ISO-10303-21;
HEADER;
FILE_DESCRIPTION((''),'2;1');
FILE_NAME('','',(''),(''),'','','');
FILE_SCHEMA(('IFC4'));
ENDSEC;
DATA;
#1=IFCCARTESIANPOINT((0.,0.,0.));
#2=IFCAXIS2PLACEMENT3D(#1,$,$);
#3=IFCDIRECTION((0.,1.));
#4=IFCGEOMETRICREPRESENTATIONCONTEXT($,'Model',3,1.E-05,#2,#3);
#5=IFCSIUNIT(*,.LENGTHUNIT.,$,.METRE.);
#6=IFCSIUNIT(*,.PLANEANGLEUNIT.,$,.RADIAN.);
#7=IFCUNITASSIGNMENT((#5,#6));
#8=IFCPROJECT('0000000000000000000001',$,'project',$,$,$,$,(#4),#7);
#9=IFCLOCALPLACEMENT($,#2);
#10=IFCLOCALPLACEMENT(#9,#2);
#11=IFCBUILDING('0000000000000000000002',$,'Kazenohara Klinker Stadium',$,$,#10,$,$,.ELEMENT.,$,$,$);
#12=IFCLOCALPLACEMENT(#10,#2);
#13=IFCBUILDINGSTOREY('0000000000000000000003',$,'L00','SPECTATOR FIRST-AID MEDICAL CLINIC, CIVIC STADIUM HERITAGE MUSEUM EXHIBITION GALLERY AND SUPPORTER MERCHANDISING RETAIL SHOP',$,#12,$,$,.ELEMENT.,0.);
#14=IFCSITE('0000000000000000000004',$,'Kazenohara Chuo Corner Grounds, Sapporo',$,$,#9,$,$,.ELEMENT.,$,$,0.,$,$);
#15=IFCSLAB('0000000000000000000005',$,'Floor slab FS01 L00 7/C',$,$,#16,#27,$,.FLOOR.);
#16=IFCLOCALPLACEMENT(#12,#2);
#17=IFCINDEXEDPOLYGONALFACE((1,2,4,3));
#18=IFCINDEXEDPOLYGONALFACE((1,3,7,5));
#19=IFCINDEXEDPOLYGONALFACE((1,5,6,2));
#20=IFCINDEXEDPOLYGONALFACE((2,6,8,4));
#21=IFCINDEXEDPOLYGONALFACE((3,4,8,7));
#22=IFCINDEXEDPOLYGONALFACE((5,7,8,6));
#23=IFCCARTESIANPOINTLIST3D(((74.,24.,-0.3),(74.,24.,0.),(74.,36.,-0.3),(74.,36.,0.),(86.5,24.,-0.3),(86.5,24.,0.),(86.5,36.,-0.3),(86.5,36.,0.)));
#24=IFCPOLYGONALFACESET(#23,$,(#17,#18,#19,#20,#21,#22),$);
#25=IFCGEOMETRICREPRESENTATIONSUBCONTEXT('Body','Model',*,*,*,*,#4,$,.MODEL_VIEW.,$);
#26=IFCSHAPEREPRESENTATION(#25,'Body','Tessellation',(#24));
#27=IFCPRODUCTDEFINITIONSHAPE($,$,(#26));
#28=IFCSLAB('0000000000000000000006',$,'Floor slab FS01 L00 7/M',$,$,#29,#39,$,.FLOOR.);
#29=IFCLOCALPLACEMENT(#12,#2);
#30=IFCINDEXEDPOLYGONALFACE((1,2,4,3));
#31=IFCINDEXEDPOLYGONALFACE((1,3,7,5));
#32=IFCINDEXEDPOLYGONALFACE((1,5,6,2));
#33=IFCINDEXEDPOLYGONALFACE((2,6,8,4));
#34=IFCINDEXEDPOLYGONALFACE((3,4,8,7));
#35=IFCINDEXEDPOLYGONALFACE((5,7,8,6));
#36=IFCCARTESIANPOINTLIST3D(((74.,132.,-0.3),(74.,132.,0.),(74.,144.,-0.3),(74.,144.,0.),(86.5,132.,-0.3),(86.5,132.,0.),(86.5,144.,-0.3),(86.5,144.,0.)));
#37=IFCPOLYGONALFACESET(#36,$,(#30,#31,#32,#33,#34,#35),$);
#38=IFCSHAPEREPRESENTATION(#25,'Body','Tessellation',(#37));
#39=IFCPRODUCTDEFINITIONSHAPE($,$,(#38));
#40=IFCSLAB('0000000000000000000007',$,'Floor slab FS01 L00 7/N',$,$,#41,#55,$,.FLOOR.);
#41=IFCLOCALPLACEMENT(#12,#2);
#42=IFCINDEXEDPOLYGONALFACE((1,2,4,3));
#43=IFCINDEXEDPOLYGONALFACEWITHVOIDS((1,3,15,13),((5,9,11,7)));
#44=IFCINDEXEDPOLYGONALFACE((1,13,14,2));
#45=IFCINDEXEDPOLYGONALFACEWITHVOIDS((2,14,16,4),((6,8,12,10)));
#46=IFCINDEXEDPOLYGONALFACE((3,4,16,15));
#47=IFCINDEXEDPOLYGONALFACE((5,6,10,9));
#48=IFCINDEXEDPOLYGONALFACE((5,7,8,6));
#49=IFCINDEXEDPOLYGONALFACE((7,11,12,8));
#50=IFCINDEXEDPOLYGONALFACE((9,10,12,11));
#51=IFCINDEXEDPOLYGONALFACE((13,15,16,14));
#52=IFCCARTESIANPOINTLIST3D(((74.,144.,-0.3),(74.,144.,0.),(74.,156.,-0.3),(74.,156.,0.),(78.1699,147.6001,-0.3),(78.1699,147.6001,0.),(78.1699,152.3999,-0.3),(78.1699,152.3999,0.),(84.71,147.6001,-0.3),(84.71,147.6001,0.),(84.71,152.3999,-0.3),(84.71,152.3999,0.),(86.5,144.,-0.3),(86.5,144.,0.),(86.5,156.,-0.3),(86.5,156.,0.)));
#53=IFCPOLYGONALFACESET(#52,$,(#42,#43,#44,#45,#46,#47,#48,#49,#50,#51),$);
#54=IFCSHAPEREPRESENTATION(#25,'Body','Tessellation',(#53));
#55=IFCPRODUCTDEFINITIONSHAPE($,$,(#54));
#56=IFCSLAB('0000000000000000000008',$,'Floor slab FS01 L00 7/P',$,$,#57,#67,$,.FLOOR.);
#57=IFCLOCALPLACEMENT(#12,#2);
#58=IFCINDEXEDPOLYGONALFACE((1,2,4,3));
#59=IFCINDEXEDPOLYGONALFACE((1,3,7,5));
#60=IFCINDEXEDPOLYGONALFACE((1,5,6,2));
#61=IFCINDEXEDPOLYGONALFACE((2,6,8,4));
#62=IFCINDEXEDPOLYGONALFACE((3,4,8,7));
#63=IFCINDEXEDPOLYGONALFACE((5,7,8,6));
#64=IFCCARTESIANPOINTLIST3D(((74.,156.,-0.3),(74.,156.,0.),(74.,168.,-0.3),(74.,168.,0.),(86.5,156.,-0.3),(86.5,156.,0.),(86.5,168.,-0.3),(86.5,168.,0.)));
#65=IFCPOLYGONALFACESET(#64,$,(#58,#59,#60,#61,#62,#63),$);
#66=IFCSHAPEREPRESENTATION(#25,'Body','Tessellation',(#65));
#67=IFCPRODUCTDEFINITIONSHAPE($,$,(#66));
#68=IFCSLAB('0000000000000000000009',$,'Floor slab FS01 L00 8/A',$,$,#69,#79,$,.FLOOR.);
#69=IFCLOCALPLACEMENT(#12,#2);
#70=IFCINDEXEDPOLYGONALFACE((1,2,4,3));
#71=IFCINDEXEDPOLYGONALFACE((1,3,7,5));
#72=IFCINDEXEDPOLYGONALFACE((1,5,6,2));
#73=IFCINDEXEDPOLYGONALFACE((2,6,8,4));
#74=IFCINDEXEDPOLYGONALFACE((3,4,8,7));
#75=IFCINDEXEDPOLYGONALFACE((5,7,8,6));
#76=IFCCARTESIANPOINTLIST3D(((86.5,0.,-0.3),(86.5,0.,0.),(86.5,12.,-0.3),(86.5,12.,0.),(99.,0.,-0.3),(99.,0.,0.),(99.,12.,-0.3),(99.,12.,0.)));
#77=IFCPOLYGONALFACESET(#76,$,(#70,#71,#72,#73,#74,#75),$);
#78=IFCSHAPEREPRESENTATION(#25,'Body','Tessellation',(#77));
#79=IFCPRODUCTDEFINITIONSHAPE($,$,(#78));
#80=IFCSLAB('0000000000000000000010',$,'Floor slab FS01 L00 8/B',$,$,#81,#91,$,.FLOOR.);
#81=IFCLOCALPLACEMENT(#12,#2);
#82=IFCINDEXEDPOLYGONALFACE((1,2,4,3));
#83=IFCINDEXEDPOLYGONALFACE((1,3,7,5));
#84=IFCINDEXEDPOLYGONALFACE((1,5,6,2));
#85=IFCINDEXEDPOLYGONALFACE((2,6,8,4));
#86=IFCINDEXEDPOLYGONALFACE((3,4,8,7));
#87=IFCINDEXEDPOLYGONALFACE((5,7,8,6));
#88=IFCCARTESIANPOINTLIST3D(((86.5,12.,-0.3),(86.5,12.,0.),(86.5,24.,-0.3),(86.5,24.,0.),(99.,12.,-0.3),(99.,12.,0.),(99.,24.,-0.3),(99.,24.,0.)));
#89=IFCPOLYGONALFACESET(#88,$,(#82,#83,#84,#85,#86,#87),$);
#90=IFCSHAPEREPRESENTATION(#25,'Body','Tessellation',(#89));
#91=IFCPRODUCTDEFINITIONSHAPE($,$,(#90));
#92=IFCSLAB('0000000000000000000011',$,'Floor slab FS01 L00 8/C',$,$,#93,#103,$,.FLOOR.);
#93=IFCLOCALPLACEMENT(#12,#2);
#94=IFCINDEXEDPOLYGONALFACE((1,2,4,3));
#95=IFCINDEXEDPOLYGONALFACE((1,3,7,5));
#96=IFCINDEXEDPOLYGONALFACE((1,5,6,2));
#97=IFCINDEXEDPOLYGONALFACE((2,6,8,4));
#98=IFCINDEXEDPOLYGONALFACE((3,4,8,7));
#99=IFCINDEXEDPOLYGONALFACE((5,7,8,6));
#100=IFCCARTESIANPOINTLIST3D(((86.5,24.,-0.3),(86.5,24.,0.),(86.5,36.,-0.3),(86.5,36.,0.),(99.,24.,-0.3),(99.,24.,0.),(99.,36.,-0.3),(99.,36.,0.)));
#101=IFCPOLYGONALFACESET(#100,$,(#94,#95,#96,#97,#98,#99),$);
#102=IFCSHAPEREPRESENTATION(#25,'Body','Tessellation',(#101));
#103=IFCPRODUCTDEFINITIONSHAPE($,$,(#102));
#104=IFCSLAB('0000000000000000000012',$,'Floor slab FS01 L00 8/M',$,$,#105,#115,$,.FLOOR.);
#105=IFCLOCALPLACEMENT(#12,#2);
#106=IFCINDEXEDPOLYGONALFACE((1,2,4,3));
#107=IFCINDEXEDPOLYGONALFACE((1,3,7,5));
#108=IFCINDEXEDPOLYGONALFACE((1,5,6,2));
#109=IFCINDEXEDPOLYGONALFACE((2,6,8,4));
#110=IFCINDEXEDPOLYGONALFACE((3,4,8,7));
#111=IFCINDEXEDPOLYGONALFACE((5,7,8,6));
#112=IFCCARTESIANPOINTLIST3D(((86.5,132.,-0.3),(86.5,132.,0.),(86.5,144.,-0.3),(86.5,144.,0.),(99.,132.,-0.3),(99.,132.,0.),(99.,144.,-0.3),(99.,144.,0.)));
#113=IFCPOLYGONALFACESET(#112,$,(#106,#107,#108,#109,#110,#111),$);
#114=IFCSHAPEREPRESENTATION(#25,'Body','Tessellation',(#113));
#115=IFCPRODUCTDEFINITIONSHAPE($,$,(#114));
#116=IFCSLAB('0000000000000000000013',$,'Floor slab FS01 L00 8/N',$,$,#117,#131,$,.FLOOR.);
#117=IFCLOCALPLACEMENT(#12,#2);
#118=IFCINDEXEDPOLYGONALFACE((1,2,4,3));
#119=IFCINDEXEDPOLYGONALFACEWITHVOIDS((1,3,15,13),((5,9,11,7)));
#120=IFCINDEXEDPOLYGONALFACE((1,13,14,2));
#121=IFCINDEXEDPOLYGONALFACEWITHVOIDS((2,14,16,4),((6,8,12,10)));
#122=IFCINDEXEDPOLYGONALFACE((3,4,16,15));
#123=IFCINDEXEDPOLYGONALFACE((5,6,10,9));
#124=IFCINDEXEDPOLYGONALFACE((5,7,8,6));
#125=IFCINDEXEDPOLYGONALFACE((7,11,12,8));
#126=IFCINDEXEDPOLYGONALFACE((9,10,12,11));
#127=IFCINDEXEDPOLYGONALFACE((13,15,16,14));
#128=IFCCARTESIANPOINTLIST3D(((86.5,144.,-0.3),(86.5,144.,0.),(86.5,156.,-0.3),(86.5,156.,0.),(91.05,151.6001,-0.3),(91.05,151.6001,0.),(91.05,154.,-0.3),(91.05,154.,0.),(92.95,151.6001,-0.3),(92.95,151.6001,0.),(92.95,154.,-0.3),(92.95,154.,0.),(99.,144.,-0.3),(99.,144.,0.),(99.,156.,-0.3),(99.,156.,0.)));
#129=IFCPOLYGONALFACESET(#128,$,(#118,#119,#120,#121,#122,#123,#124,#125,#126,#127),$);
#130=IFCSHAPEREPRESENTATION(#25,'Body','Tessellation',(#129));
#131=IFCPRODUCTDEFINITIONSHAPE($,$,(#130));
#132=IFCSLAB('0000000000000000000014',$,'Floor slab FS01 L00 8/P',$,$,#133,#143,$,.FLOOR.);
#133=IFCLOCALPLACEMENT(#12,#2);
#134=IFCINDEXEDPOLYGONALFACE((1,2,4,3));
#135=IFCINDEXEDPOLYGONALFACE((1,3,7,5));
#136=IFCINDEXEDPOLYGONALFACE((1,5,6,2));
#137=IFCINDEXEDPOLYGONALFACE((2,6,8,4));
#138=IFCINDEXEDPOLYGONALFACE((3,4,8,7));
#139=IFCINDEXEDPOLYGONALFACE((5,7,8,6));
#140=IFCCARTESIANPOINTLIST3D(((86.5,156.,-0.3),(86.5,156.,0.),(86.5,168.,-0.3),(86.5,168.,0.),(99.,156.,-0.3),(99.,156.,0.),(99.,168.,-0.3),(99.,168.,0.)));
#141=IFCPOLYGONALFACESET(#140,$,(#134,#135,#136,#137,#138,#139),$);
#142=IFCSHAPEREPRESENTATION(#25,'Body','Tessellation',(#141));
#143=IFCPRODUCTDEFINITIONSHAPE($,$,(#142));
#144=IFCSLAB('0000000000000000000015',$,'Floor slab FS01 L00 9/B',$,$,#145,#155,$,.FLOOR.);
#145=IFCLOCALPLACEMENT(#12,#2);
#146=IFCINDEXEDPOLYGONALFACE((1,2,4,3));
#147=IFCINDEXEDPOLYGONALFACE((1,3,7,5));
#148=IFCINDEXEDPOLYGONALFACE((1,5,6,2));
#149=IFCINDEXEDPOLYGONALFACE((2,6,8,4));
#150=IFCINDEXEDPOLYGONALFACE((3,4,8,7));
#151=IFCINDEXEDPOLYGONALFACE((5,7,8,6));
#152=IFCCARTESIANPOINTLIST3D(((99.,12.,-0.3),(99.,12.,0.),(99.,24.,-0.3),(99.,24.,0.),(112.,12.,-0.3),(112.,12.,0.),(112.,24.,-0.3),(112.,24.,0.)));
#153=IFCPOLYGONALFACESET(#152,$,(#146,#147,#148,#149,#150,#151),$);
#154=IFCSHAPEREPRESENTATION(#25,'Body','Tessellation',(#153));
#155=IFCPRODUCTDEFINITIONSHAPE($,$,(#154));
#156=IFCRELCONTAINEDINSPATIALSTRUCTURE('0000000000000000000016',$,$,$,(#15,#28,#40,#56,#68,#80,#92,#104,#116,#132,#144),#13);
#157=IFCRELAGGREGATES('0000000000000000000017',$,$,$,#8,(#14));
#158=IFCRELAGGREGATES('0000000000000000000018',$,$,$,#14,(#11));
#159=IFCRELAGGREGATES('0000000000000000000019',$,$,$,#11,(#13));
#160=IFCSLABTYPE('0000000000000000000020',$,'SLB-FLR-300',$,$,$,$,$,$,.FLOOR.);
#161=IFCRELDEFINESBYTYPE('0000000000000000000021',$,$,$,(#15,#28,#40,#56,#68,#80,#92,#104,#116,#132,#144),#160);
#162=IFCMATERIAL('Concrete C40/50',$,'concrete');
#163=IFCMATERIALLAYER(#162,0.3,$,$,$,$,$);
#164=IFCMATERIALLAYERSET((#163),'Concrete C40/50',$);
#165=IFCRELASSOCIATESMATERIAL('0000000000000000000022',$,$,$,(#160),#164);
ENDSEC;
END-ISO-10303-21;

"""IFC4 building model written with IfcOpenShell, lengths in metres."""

from ifc_helpers import new_model, si_unit, direction, frame, origin, place, context, subcontext, project, spatial, polyline, outline, extrude, material, layer, layer_set, type_object, element, save


model = new_model("IFC4")

# Units and contexts
model_context = context("Model", 3, precision=1e-05, world=origin(), true_north=direction((0.0, 1.0)))
body_context = subcontext(model_context, "Body", "Model", "MODEL_VIEW")
ifc_project = project(units=[si_unit("LENGTHUNIT", "METRE"), si_unit("PLANEANGLEUNIT", "RADIAN")], contexts=[model_context])

# Site, building, storey
site_placement = place(None, origin())
site = spatial("IfcSite", under=ifc_project, at=site_placement, Name="Kazenohara Chuo Corner Grounds, Sapporo", CompositionType="ELEMENT", RefElevation=0.0)
building_placement = place(site_placement, origin())
building = spatial("IfcBuilding", under=site, at=building_placement, Name="Kazenohara Klinker Stadium", CompositionType="ELEMENT")
storey_placement = place(building_placement, origin())
storey = spatial("IfcBuildingStorey", under=building, at=storey_placement, Name="L00", Description="SPECTATOR FIRST-AID MEDICAL CLINIC, CIVIC STADIUM HERITAGE MUSEUM EXHIBITION GALLERY AND SUPPORTER MERCHANDISING RETAIL SHOP", CompositionType="ELEMENT", Elevation=0.0)

# Slabs
ifc_material = material(Name="Concrete C40/50", Category="concrete")
ifc_layer = layer(ifc_material, 0.3)
ifc_layer_set = layer_set([ifc_layer], Name="Concrete C40/50")
slab_type = type_object("IfcSlabType", Name="SLB-FLR-300", PredefinedType="FLOOR", material=ifc_layer_set)
slab_1_placement = place(storey_placement, frame((0.0, 0.0, -0.3)))
element("IfcSlab", 1, at=slab_1_placement, inside=storey, type_object=slab_type, Name="Floor slab FS01 L00 7/C", PredefinedType="FLOOR", context=body_context, shape_type="SweptSolid", body=[
    extrude(outline(polyline([(74.0, 24.0), (86.5, 24.0), (86.5, 36.0), (74.0, 36.0), (74.0, 24.0)])), origin(), (0.0, 0.0, 1.0), 0.3),
])
slab_2_placement = place(storey_placement, frame((0.0, 0.0, -0.3)))
element("IfcSlab", 2, at=slab_2_placement, inside=storey, type_object=slab_type, Name="Floor slab FS01 L00 7/M", PredefinedType="FLOOR", context=body_context, shape_type="SweptSolid", body=[
    extrude(outline(polyline([(74.0, 132.0), (86.5, 132.0), (86.5, 144.0), (74.0, 144.0), (74.0, 132.0)])), origin(), (0.0, 0.0, 1.0), 0.3),
])
slab_3_placement = place(storey_placement, frame((0.0, 0.0, -0.3)))
element("IfcSlab", 3, at=slab_3_placement, inside=storey, type_object=slab_type, Name="Floor slab FS01 L00 7/N", PredefinedType="FLOOR", context=body_context, shape_type="SweptSolid", body=[
    extrude(outline(polyline([(74.0, 144.0), (86.5, 144.0), (86.5, 156.0), (74.0, 156.0), (74.0, 144.0)]), holes=[polyline([(78.1699, 147.6001), (84.71, 147.6001), (84.71, 152.3999), (78.1699, 152.3999), (78.1699, 147.6001)])]), origin(), (0.0, 0.0, 1.0), 0.3),
])
slab_4_placement = place(storey_placement, frame((0.0, 0.0, -0.3)))
element("IfcSlab", 4, at=slab_4_placement, inside=storey, type_object=slab_type, Name="Floor slab FS01 L00 7/P", PredefinedType="FLOOR", context=body_context, shape_type="SweptSolid", body=[
    extrude(outline(polyline([(74.0, 156.0), (86.5, 156.0), (86.5, 168.0), (74.0, 168.0), (74.0, 156.0)])), origin(), (0.0, 0.0, 1.0), 0.3),
])
slab_5_placement = place(storey_placement, frame((0.0, 0.0, -0.3)))
element("IfcSlab", 5, at=slab_5_placement, inside=storey, type_object=slab_type, Name="Floor slab FS01 L00 8/A", PredefinedType="FLOOR", context=body_context, shape_type="SweptSolid", body=[
    extrude(outline(polyline([(86.5, 0.0), (99.0, 0.0), (99.0, 12.0), (86.5, 12.0), (86.5, 0.0)])), origin(), (0.0, 0.0, 1.0), 0.3),
])
slab_6_placement = place(storey_placement, frame((0.0, 0.0, -0.3)))
element("IfcSlab", 6, at=slab_6_placement, inside=storey, type_object=slab_type, Name="Floor slab FS01 L00 8/B", PredefinedType="FLOOR", context=body_context, shape_type="SweptSolid", body=[
    extrude(outline(polyline([(86.5, 12.0), (99.0, 12.0), (99.0, 24.0), (86.5, 24.0), (86.5, 12.0)])), origin(), (0.0, 0.0, 1.0), 0.3),
])
slab_7_placement = place(storey_placement, frame((0.0, 0.0, -0.3)))
element("IfcSlab", 7, at=slab_7_placement, inside=storey, type_object=slab_type, Name="Floor slab FS01 L00 8/C", PredefinedType="FLOOR", context=body_context, shape_type="SweptSolid", body=[
    extrude(outline(polyline([(86.5, 24.0), (99.0, 24.0), (99.0, 36.0), (86.5, 36.0), (86.5, 24.0)])), origin(), (0.0, 0.0, 1.0), 0.3),
])
slab_8_placement = place(storey_placement, frame((0.0, 0.0, -0.3)))
element("IfcSlab", 8, at=slab_8_placement, inside=storey, type_object=slab_type, Name="Floor slab FS01 L00 8/M", PredefinedType="FLOOR", context=body_context, shape_type="SweptSolid", body=[
    extrude(outline(polyline([(86.5, 132.0), (99.0, 132.0), (99.0, 144.0), (86.5, 144.0), (86.5, 132.0)])), origin(), (0.0, 0.0, 1.0), 0.3),
])
slab_9_placement = place(storey_placement, frame((0.0, 0.0, -0.3)))
element("IfcSlab", 9, at=slab_9_placement, inside=storey, type_object=slab_type, Name="Floor slab FS01 L00 8/N", PredefinedType="FLOOR", context=body_context, shape_type="SweptSolid", body=[
    extrude(outline(polyline([(86.5, 144.0), (99.0, 144.0), (99.0, 156.0), (86.5, 156.0), (86.5, 144.0)]), holes=[polyline([(91.05, 151.6001), (92.95, 151.6001), (92.95, 154.0), (91.05, 154.0), (91.05, 151.6001)])]), origin(), (0.0, 0.0, 1.0), 0.3),
])
slab_10_placement = place(storey_placement, frame((0.0, 0.0, -0.3)))
element("IfcSlab", 10, at=slab_10_placement, inside=storey, type_object=slab_type, Name="Floor slab FS01 L00 8/P", PredefinedType="FLOOR", context=body_context, shape_type="SweptSolid", body=[
    extrude(outline(polyline([(86.5, 156.0), (99.0, 156.0), (99.0, 168.0), (86.5, 168.0), (86.5, 156.0)])), origin(), (0.0, 0.0, 1.0), 0.3),
])
slab_11_placement = place(storey_placement, frame((0.0, 0.0, -0.3)))
element("IfcSlab", 11, at=slab_11_placement, inside=storey, type_object=slab_type, Name="Floor slab FS01 L00 9/B", PredefinedType="FLOOR", context=body_context, shape_type="SweptSolid", body=[
    extrude(outline(polyline([(99.0, 12.0), (112.0, 12.0), (112.0, 24.0), (99.0, 24.0), (99.0, 12.0)])), origin(), (0.0, 0.0, 1.0), 0.3),
])

save(model, "model.ifc")
